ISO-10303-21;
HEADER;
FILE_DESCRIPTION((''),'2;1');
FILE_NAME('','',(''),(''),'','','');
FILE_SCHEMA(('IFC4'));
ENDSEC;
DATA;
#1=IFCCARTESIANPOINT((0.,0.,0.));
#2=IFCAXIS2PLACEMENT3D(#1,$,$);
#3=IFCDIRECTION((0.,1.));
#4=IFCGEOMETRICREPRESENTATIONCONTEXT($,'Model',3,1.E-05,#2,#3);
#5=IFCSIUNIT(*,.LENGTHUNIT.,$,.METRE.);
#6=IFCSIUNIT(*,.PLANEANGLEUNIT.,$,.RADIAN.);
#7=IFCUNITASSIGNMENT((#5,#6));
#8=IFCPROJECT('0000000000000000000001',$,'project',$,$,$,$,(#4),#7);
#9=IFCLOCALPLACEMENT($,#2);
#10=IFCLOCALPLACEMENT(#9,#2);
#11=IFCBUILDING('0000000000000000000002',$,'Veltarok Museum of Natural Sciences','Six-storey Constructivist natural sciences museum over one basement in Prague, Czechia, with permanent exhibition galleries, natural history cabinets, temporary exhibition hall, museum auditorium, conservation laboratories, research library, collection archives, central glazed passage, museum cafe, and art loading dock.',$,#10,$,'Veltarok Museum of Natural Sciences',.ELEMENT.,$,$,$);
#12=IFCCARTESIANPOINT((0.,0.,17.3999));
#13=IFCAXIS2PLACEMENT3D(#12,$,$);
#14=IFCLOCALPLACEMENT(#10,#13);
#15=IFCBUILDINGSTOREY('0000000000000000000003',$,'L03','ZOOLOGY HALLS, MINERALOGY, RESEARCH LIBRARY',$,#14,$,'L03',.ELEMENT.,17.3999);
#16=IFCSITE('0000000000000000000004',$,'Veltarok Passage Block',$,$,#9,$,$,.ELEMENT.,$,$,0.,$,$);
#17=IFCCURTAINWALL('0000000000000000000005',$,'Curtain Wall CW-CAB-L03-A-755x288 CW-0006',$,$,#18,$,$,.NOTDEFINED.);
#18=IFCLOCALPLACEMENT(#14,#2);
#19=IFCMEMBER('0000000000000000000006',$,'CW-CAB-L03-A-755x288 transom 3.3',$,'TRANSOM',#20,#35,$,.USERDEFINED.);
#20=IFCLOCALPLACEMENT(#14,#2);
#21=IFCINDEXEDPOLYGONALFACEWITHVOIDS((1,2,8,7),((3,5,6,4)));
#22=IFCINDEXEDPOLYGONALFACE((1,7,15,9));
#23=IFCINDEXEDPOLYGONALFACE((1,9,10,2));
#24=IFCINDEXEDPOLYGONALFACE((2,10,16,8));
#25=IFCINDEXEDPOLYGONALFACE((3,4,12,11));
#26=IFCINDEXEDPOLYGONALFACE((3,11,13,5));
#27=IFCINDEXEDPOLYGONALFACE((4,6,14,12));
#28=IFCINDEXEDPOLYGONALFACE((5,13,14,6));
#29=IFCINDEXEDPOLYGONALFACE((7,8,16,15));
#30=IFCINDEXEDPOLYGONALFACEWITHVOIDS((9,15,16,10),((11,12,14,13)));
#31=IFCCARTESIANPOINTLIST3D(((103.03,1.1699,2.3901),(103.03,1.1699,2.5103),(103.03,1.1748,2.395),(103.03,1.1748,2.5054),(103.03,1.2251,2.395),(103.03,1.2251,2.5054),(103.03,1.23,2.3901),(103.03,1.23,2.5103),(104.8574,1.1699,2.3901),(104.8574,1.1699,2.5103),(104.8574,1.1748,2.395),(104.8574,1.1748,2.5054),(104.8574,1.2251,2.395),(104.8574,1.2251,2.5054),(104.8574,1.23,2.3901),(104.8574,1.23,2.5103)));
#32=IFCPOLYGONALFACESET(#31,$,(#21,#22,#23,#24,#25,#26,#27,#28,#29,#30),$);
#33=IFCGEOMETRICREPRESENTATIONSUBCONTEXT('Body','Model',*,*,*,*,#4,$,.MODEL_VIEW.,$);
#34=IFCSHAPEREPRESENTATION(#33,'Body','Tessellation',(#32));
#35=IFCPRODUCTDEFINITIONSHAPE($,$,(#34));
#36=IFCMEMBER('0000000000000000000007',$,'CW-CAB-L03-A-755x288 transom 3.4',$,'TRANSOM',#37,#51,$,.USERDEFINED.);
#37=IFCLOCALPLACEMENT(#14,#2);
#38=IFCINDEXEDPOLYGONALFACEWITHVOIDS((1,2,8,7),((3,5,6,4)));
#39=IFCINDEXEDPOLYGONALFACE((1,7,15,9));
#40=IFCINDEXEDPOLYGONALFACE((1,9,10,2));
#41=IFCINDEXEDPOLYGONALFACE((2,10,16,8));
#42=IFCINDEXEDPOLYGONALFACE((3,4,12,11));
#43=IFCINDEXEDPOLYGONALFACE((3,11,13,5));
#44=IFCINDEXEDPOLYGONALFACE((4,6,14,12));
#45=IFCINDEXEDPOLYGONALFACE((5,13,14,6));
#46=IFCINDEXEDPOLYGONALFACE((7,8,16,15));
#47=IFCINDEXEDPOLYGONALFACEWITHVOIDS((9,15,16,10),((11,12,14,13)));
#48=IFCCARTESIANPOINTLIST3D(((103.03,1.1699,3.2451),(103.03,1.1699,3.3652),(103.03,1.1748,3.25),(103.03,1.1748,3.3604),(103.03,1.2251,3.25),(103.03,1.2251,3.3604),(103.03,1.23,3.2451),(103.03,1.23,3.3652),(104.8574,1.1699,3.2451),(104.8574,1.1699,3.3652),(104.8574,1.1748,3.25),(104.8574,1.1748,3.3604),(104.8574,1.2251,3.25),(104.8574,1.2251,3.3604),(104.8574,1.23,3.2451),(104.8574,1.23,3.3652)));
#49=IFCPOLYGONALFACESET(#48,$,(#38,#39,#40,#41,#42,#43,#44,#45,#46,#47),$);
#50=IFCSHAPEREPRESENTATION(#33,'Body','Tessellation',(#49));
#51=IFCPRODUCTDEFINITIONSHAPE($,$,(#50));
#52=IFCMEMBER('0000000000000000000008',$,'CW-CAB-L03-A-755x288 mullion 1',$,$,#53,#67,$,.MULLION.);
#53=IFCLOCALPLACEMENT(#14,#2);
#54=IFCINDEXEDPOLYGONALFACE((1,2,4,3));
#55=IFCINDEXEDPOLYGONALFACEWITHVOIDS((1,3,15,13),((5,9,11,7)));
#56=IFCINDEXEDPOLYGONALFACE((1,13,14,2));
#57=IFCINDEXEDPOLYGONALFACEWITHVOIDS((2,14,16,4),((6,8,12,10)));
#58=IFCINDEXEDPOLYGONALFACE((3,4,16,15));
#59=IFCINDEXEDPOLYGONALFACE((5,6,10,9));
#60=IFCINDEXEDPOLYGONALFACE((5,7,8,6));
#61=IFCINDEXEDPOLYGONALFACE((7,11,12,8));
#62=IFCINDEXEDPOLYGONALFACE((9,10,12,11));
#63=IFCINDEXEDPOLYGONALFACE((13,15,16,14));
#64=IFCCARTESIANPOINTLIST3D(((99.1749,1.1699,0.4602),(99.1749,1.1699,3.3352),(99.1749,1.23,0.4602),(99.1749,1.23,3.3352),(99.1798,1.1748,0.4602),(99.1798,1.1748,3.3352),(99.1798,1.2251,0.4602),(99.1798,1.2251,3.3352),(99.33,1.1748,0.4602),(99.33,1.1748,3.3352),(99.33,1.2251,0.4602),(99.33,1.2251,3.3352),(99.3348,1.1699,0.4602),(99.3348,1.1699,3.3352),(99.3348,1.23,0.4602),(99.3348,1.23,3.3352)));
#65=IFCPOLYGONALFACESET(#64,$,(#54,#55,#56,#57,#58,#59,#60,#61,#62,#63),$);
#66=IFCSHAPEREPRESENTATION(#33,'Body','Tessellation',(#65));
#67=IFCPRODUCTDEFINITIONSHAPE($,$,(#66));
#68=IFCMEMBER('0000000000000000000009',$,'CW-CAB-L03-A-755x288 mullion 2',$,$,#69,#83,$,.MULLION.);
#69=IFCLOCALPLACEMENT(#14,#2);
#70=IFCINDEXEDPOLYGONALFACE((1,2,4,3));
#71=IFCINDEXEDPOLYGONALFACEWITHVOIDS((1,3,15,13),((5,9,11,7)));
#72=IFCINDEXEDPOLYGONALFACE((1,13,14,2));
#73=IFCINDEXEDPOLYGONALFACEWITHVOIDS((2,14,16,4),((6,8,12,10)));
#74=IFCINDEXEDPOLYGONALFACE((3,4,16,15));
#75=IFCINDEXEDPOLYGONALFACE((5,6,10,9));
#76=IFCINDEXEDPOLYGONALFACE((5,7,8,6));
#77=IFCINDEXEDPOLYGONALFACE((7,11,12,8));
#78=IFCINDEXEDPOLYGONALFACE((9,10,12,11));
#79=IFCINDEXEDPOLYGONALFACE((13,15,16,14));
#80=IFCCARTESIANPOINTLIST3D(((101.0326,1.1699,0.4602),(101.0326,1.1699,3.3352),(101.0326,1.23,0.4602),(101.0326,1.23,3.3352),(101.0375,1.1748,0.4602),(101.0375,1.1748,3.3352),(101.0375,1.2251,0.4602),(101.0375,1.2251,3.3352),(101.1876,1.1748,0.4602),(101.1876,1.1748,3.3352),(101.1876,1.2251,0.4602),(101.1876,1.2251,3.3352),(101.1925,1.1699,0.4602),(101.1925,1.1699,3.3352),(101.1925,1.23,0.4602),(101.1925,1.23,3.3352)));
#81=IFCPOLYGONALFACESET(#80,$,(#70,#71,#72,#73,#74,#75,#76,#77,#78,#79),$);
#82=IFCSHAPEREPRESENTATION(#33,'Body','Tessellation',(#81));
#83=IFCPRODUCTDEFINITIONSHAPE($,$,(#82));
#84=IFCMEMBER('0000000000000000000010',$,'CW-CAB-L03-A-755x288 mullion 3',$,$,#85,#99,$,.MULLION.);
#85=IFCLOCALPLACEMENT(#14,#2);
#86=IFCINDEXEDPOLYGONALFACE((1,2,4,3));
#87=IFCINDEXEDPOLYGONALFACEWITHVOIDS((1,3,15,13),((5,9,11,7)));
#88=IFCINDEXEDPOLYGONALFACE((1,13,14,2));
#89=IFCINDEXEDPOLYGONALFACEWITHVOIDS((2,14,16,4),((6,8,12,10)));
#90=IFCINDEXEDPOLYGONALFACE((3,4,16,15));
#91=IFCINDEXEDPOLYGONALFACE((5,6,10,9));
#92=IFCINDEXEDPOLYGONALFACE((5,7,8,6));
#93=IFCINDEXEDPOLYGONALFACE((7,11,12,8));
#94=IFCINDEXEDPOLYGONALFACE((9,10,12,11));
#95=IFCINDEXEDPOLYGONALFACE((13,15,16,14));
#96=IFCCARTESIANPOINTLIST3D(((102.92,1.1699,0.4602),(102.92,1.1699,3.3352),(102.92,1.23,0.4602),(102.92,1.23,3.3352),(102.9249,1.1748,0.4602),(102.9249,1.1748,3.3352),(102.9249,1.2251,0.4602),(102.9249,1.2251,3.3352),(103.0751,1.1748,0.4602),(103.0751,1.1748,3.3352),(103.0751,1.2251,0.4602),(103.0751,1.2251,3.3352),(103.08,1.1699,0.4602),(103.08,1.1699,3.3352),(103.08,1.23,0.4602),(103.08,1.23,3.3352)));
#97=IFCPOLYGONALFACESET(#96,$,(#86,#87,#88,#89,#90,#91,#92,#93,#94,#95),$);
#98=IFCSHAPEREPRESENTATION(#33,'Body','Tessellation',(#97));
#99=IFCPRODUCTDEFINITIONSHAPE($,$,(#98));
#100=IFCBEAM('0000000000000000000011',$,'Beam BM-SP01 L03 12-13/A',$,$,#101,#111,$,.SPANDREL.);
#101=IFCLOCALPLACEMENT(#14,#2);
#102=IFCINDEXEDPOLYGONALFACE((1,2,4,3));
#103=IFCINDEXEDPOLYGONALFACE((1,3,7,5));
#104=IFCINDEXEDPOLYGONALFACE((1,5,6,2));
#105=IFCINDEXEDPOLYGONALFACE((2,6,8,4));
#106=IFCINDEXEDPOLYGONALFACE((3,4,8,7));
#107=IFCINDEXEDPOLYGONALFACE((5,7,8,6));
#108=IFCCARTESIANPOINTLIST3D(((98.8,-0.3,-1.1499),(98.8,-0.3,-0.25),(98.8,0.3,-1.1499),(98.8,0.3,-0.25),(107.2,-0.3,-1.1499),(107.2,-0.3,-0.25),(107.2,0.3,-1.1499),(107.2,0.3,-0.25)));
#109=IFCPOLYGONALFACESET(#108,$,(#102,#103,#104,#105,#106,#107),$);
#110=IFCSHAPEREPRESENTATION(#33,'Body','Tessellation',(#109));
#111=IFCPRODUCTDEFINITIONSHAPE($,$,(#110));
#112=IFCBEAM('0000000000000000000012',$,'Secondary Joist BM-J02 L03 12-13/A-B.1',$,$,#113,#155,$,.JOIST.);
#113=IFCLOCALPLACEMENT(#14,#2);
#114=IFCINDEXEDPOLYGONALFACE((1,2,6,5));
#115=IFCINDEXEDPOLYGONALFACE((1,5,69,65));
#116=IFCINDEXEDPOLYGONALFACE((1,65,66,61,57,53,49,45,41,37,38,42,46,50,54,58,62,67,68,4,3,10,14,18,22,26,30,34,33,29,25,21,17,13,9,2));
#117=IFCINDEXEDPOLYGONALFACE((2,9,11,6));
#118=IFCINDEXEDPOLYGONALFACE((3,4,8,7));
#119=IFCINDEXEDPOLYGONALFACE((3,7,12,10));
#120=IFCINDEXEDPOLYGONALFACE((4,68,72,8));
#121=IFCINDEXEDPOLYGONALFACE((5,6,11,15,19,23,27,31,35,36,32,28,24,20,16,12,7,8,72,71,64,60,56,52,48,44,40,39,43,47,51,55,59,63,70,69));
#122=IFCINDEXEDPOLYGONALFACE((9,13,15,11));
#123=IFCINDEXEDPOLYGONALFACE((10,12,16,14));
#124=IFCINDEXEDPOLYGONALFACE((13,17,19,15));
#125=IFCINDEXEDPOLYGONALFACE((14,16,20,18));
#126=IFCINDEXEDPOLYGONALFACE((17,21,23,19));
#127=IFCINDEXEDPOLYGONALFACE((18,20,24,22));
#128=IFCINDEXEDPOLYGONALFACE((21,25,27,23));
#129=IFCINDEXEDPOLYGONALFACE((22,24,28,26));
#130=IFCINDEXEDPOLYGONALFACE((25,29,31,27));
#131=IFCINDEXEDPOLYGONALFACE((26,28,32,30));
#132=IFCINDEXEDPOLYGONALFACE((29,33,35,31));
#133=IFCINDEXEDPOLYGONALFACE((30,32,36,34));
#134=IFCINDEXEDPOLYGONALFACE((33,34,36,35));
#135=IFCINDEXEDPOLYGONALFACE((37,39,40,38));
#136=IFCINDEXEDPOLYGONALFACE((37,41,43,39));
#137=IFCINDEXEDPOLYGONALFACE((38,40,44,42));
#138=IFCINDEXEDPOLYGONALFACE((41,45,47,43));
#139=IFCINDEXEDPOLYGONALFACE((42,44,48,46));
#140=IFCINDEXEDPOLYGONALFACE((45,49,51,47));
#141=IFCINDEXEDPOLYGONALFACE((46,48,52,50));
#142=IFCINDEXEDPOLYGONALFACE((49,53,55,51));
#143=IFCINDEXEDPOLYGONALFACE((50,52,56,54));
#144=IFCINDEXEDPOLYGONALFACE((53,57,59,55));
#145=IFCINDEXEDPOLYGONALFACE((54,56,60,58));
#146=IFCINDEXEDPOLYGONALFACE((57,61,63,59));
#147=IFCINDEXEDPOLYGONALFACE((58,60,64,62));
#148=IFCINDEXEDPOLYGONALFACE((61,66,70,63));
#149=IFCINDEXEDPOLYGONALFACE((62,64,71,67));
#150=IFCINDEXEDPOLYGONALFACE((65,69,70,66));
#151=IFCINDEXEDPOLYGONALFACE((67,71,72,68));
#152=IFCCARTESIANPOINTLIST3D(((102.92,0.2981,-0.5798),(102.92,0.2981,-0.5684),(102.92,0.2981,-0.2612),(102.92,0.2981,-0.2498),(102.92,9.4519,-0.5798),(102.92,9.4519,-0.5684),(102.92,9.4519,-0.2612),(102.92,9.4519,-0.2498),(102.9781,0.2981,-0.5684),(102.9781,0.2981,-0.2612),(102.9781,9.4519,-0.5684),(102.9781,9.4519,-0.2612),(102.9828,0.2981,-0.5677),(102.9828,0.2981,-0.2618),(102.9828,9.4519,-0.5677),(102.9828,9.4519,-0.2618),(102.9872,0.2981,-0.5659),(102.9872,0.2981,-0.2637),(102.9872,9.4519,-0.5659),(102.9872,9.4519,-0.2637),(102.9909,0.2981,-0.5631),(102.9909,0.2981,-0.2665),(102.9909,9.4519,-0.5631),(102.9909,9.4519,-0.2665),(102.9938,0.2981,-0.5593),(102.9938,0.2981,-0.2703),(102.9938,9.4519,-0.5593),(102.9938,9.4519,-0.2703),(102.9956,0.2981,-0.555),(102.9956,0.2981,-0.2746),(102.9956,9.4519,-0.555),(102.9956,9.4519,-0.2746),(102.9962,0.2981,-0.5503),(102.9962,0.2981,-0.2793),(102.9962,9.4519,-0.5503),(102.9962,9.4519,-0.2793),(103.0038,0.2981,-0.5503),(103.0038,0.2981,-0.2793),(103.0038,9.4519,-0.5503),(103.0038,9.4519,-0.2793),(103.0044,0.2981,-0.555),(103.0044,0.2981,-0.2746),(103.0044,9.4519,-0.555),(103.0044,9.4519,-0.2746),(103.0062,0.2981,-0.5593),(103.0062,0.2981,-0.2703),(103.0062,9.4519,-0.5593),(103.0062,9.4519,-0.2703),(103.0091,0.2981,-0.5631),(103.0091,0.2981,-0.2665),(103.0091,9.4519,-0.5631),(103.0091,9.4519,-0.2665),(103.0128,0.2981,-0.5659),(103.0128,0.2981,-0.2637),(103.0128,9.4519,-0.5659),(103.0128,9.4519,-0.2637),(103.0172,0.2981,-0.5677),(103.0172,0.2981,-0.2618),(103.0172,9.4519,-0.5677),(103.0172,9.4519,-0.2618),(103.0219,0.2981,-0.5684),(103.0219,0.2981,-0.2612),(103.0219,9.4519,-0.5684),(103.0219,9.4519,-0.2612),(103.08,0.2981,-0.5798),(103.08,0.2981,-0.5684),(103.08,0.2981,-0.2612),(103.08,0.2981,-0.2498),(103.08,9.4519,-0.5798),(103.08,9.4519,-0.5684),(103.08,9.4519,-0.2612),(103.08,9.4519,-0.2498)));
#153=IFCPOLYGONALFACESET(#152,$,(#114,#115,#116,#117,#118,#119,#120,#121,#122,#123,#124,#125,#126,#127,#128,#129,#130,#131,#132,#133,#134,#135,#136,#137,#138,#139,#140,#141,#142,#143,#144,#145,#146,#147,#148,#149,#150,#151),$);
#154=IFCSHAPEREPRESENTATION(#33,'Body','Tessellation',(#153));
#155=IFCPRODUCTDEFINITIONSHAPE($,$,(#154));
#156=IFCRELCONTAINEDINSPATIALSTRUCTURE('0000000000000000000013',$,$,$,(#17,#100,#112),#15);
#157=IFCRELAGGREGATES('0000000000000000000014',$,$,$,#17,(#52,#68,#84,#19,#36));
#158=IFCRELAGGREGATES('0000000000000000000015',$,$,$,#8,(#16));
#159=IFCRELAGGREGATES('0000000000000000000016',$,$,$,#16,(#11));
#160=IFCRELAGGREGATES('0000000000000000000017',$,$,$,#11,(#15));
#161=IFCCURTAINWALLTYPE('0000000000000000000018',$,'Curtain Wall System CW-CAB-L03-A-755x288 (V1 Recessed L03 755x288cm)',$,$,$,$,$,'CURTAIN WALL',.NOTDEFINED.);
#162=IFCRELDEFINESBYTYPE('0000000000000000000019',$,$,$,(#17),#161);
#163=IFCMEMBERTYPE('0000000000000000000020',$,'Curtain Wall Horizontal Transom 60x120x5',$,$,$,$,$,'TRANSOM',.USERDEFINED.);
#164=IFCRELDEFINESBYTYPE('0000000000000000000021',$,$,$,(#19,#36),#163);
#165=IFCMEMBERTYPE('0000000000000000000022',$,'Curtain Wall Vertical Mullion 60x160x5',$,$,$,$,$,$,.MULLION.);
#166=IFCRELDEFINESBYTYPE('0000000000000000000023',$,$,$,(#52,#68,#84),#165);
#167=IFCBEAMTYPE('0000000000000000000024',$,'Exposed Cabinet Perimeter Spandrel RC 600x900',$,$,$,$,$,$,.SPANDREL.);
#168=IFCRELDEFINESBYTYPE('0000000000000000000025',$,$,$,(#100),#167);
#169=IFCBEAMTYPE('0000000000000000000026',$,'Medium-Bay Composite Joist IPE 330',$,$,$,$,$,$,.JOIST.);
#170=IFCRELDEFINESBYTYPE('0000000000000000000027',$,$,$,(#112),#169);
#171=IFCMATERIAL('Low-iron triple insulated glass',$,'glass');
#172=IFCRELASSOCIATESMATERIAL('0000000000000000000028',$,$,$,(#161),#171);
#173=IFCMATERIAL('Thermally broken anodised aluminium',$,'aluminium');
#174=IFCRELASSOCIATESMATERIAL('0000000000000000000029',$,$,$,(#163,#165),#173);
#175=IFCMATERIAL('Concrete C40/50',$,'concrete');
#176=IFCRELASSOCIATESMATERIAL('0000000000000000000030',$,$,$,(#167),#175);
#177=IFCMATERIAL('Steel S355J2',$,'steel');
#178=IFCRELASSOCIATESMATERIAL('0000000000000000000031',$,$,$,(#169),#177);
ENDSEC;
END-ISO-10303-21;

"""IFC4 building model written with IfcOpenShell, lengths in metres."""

from ifc_helpers import new_model, si_unit, direction, frame, origin, origin_2d, place, context, subcontext, project, spatial, rectangle, hollow_rectangle, i_section, extrude, material, material_profile, profile_set, type_object, element, aggregate, save


model = new_model("IFC4")

# Units and contexts
model_context = context("Model", 3, precision=1e-05, world=origin(), true_north=direction((0.0, 1.0)))
body_context = subcontext(model_context, "Body", "Model", "MODEL_VIEW")
ifc_project = project(units=[si_unit("LENGTHUNIT", "METRE"), si_unit("PLANEANGLEUNIT", "RADIAN")], contexts=[model_context])

# Site, building, storey
site_placement = place(None, origin())
site = spatial("IfcSite", under=ifc_project, at=site_placement, Name="Veltarok Passage Block", CompositionType="ELEMENT", RefElevation=0.0)
building_placement = place(site_placement, origin())
building = spatial("IfcBuilding", under=site, at=building_placement, Name="Veltarok Museum of Natural Sciences", Description="Six-storey Constructivist natural sciences museum over one basement in Prague, Czechia, with permanent exhibition galleries, natural history cabinets, temporary exhibition hall, museum auditorium, conservation laboratories, research library, collection archives, central glazed passage, museum cafe, and art loading dock.", LongName="Veltarok Museum of Natural Sciences", CompositionType="ELEMENT")
storey_placement = place(building_placement, frame((0.0, 0.0, 17.3999)))
storey = spatial("IfcBuildingStorey", under=building, at=storey_placement, Name="L03", Description="ZOOLOGY HALLS, MINERALOGY, RESEARCH LIBRARY", LongName="L03", CompositionType="ELEMENT", Elevation=17.3999)

# Shared definitions
ifc_material_1 = material(Name="Concrete C40/50", Category="concrete")

# Curtain wall, members
ifc_material_2 = material(Name="Low-iron triple insulated glass", Category="glass")
curtain_wall_type = type_object("IfcCurtainWallType", Name="Curtain Wall System CW-CAB-L03-A-755x288 (V1 Recessed L03 755x288cm)", ElementType="CURTAIN WALL", PredefinedType="NOTDEFINED", material=ifc_material_2)
curtain_wall_placement = place(storey_placement, origin())
curtain_wall = element("IfcCurtainWall", 1, at=curtain_wall_placement, inside=storey, type_object=curtain_wall_type, Name="Curtain Wall CW-CAB-L03-A-755x288 CW-0006", PredefinedType="NOTDEFINED")
ifc_material_3 = material(Name="Thermally broken anodised aluminium", Category="aluminium")
ifc_material_profile_1 = material_profile(ifc_material_3, hollow_rectangle(XDim=0.0601, YDim=0.1201, WallThickness=0.0049, at=origin_2d()), Name="CW TRANSOM 60x120x5")
ifc_profile_set_1 = profile_set([ifc_material_profile_1], Name="Thermally broken anodised aluminium")
member_type_1 = type_object("IfcMemberType", Name="Curtain Wall Horizontal Transom 60x120x5", ElementType="TRANSOM", PredefinedType="USERDEFINED", material=ifc_profile_set_1)
member_1_placement = place(storey_placement, frame((103.03, 1.2, 2.4502), z_axis=(1.0, 0.0, 0.0), x_axis=(0.0, 1.0, 0.0)))
member_1 = element("IfcMember", 2, at=member_1_placement, type_object=member_type_1, Name="CW-CAB-L03-A-755x288 transom 3.3", ObjectType="TRANSOM", PredefinedType="USERDEFINED", context=body_context, shape_type="SweptSolid", body=[
    extrude(hollow_rectangle(XDim=0.0601, YDim=0.1201, WallThickness=0.0049, at=origin_2d()), origin(), (0.0, 0.0, 1.0), 1.8274),
])
member_2_placement = place(storey_placement, frame((103.03, 1.2, 3.3052), z_axis=(1.0, 0.0, 0.0), x_axis=(0.0, 1.0, 0.0)))
member_2 = element("IfcMember", 3, at=member_2_placement, type_object=member_type_1, Name="CW-CAB-L03-A-755x288 transom 3.4", ObjectType="TRANSOM", PredefinedType="USERDEFINED", context=body_context, shape_type="SweptSolid", body=[
    extrude(hollow_rectangle(XDim=0.0601, YDim=0.1201, WallThickness=0.0049, at=origin_2d()), origin(), (0.0, 0.0, 1.0), 1.8274),
])
ifc_material_profile_2 = material_profile(ifc_material_3, hollow_rectangle(XDim=0.0601, YDim=0.1599, WallThickness=0.0049, at=origin_2d()), Name="CW MULLION 60x160x5")
ifc_profile_set_2 = profile_set([ifc_material_profile_2], Name="Thermally broken anodised aluminium")
member_type_2 = type_object("IfcMemberType", Name="Curtain Wall Vertical Mullion 60x160x5", PredefinedType="MULLION", material=ifc_profile_set_2)
member_3_placement = place(storey_placement, frame((99.2549, 1.2, 0.4602), z_axis=(0.0, 0.0, 1.0), x_axis=(0.0, 1.0, 0.0)))
member_3 = element("IfcMember", 4, at=member_3_placement, type_object=member_type_2, Name="CW-CAB-L03-A-755x288 mullion 1", PredefinedType="MULLION", context=body_context, shape_type="SweptSolid", body=[
    extrude(hollow_rectangle(XDim=0.0601, YDim=0.1599, WallThickness=0.0049, at=origin_2d()), origin(), (0.0, 0.0, 1.0), 2.875),
])
member_4_placement = place(storey_placement, frame((101.1125, 1.2, 0.4602), z_axis=(0.0, 0.0, 1.0), x_axis=(0.0, 1.0, 0.0)))
member_4 = element("IfcMember", 5, at=member_4_placement, type_object=member_type_2, Name="CW-CAB-L03-A-755x288 mullion 2", PredefinedType="MULLION", context=body_context, shape_type="SweptSolid", body=[
    extrude(hollow_rectangle(XDim=0.0601, YDim=0.1599, WallThickness=0.0049, at=origin_2d()), origin(), (0.0, 0.0, 1.0), 2.875),
])
member_5_placement = place(storey_placement, frame((103.0, 1.2, 0.4602), z_axis=(0.0, 0.0, 1.0), x_axis=(0.0, 1.0, 0.0)))
member_5 = element("IfcMember", 6, at=member_5_placement, type_object=member_type_2, Name="CW-CAB-L03-A-755x288 mullion 3", PredefinedType="MULLION", context=body_context, shape_type="SweptSolid", body=[
    extrude(hollow_rectangle(XDim=0.0601, YDim=0.1599, WallThickness=0.0049, at=origin_2d()), origin(), (0.0, 0.0, 1.0), 2.875),
])

# Beams
ifc_material_profile_3 = material_profile(ifc_material_1, rectangle(XDim=0.6001, YDim=0.8999, at=origin_2d()), Name="RC 600x900")
ifc_profile_set_3 = profile_set([ifc_material_profile_3], Name="Concrete C40/50")
beam_type_1 = type_object("IfcBeamType", Name="Exposed Cabinet Perimeter Spandrel RC 600x900", PredefinedType="SPANDREL", material=ifc_profile_set_3)
beam_1_placement = place(storey_placement, frame((98.8, 0.0, -0.7), z_axis=(1.0, 0.0, 0.0), x_axis=(0.0, 1.0, 0.0)))
element("IfcBeam", 7, at=beam_1_placement, inside=storey, type_object=beam_type_1, Name="Beam BM-SP01 L03 12-13/A", PredefinedType="SPANDREL", context=body_context, shape_type="SweptSolid", body=[
    extrude(rectangle(XDim=0.6001, YDim=0.8999, at=origin_2d()), origin(), (0.0, 0.0, 1.0), 8.3999),
])
ifc_material_4 = material(Name="Steel S355J2", Category="steel")
ifc_material_profile_4 = material_profile(ifc_material_4, i_section(OverallWidth=0.1599, OverallDepth=0.3301, WebThickness=0.0076, FlangeThickness=0.0115, FilletRadius=0.0181, at=origin_2d()), Name="IPE 330")
ifc_profile_set_4 = profile_set([ifc_material_profile_4], Name="Steel S355J2")
beam_type_2 = type_object("IfcBeamType", Name="Medium-Bay Composite Joist IPE 330", PredefinedType="JOIST", material=ifc_profile_set_4)
beam_2_placement = place(storey_placement, frame((103.0, 0.2981, -0.4148), z_axis=(0.0, 1.0, 0.0), x_axis=(-1.0, 0.0, 0.0)))
element("IfcBeam", 8, at=beam_2_placement, inside=storey, type_object=beam_type_2, Name="Secondary Joist BM-J02 L03 12-13/A-B.1", PredefinedType="JOIST", context=body_context, shape_type="SweptSolid", body=[
    extrude(i_section(OverallWidth=0.1599, OverallDepth=0.3301, WebThickness=0.0076, FlangeThickness=0.0115, FilletRadius=0.0181, at=origin_2d()), origin(), (0.0, 0.0, 1.0), 9.1538),
])

aggregate(curtain_wall, [member_3, member_4, member_5, member_1, member_2])

save(model, "model.ifc")
